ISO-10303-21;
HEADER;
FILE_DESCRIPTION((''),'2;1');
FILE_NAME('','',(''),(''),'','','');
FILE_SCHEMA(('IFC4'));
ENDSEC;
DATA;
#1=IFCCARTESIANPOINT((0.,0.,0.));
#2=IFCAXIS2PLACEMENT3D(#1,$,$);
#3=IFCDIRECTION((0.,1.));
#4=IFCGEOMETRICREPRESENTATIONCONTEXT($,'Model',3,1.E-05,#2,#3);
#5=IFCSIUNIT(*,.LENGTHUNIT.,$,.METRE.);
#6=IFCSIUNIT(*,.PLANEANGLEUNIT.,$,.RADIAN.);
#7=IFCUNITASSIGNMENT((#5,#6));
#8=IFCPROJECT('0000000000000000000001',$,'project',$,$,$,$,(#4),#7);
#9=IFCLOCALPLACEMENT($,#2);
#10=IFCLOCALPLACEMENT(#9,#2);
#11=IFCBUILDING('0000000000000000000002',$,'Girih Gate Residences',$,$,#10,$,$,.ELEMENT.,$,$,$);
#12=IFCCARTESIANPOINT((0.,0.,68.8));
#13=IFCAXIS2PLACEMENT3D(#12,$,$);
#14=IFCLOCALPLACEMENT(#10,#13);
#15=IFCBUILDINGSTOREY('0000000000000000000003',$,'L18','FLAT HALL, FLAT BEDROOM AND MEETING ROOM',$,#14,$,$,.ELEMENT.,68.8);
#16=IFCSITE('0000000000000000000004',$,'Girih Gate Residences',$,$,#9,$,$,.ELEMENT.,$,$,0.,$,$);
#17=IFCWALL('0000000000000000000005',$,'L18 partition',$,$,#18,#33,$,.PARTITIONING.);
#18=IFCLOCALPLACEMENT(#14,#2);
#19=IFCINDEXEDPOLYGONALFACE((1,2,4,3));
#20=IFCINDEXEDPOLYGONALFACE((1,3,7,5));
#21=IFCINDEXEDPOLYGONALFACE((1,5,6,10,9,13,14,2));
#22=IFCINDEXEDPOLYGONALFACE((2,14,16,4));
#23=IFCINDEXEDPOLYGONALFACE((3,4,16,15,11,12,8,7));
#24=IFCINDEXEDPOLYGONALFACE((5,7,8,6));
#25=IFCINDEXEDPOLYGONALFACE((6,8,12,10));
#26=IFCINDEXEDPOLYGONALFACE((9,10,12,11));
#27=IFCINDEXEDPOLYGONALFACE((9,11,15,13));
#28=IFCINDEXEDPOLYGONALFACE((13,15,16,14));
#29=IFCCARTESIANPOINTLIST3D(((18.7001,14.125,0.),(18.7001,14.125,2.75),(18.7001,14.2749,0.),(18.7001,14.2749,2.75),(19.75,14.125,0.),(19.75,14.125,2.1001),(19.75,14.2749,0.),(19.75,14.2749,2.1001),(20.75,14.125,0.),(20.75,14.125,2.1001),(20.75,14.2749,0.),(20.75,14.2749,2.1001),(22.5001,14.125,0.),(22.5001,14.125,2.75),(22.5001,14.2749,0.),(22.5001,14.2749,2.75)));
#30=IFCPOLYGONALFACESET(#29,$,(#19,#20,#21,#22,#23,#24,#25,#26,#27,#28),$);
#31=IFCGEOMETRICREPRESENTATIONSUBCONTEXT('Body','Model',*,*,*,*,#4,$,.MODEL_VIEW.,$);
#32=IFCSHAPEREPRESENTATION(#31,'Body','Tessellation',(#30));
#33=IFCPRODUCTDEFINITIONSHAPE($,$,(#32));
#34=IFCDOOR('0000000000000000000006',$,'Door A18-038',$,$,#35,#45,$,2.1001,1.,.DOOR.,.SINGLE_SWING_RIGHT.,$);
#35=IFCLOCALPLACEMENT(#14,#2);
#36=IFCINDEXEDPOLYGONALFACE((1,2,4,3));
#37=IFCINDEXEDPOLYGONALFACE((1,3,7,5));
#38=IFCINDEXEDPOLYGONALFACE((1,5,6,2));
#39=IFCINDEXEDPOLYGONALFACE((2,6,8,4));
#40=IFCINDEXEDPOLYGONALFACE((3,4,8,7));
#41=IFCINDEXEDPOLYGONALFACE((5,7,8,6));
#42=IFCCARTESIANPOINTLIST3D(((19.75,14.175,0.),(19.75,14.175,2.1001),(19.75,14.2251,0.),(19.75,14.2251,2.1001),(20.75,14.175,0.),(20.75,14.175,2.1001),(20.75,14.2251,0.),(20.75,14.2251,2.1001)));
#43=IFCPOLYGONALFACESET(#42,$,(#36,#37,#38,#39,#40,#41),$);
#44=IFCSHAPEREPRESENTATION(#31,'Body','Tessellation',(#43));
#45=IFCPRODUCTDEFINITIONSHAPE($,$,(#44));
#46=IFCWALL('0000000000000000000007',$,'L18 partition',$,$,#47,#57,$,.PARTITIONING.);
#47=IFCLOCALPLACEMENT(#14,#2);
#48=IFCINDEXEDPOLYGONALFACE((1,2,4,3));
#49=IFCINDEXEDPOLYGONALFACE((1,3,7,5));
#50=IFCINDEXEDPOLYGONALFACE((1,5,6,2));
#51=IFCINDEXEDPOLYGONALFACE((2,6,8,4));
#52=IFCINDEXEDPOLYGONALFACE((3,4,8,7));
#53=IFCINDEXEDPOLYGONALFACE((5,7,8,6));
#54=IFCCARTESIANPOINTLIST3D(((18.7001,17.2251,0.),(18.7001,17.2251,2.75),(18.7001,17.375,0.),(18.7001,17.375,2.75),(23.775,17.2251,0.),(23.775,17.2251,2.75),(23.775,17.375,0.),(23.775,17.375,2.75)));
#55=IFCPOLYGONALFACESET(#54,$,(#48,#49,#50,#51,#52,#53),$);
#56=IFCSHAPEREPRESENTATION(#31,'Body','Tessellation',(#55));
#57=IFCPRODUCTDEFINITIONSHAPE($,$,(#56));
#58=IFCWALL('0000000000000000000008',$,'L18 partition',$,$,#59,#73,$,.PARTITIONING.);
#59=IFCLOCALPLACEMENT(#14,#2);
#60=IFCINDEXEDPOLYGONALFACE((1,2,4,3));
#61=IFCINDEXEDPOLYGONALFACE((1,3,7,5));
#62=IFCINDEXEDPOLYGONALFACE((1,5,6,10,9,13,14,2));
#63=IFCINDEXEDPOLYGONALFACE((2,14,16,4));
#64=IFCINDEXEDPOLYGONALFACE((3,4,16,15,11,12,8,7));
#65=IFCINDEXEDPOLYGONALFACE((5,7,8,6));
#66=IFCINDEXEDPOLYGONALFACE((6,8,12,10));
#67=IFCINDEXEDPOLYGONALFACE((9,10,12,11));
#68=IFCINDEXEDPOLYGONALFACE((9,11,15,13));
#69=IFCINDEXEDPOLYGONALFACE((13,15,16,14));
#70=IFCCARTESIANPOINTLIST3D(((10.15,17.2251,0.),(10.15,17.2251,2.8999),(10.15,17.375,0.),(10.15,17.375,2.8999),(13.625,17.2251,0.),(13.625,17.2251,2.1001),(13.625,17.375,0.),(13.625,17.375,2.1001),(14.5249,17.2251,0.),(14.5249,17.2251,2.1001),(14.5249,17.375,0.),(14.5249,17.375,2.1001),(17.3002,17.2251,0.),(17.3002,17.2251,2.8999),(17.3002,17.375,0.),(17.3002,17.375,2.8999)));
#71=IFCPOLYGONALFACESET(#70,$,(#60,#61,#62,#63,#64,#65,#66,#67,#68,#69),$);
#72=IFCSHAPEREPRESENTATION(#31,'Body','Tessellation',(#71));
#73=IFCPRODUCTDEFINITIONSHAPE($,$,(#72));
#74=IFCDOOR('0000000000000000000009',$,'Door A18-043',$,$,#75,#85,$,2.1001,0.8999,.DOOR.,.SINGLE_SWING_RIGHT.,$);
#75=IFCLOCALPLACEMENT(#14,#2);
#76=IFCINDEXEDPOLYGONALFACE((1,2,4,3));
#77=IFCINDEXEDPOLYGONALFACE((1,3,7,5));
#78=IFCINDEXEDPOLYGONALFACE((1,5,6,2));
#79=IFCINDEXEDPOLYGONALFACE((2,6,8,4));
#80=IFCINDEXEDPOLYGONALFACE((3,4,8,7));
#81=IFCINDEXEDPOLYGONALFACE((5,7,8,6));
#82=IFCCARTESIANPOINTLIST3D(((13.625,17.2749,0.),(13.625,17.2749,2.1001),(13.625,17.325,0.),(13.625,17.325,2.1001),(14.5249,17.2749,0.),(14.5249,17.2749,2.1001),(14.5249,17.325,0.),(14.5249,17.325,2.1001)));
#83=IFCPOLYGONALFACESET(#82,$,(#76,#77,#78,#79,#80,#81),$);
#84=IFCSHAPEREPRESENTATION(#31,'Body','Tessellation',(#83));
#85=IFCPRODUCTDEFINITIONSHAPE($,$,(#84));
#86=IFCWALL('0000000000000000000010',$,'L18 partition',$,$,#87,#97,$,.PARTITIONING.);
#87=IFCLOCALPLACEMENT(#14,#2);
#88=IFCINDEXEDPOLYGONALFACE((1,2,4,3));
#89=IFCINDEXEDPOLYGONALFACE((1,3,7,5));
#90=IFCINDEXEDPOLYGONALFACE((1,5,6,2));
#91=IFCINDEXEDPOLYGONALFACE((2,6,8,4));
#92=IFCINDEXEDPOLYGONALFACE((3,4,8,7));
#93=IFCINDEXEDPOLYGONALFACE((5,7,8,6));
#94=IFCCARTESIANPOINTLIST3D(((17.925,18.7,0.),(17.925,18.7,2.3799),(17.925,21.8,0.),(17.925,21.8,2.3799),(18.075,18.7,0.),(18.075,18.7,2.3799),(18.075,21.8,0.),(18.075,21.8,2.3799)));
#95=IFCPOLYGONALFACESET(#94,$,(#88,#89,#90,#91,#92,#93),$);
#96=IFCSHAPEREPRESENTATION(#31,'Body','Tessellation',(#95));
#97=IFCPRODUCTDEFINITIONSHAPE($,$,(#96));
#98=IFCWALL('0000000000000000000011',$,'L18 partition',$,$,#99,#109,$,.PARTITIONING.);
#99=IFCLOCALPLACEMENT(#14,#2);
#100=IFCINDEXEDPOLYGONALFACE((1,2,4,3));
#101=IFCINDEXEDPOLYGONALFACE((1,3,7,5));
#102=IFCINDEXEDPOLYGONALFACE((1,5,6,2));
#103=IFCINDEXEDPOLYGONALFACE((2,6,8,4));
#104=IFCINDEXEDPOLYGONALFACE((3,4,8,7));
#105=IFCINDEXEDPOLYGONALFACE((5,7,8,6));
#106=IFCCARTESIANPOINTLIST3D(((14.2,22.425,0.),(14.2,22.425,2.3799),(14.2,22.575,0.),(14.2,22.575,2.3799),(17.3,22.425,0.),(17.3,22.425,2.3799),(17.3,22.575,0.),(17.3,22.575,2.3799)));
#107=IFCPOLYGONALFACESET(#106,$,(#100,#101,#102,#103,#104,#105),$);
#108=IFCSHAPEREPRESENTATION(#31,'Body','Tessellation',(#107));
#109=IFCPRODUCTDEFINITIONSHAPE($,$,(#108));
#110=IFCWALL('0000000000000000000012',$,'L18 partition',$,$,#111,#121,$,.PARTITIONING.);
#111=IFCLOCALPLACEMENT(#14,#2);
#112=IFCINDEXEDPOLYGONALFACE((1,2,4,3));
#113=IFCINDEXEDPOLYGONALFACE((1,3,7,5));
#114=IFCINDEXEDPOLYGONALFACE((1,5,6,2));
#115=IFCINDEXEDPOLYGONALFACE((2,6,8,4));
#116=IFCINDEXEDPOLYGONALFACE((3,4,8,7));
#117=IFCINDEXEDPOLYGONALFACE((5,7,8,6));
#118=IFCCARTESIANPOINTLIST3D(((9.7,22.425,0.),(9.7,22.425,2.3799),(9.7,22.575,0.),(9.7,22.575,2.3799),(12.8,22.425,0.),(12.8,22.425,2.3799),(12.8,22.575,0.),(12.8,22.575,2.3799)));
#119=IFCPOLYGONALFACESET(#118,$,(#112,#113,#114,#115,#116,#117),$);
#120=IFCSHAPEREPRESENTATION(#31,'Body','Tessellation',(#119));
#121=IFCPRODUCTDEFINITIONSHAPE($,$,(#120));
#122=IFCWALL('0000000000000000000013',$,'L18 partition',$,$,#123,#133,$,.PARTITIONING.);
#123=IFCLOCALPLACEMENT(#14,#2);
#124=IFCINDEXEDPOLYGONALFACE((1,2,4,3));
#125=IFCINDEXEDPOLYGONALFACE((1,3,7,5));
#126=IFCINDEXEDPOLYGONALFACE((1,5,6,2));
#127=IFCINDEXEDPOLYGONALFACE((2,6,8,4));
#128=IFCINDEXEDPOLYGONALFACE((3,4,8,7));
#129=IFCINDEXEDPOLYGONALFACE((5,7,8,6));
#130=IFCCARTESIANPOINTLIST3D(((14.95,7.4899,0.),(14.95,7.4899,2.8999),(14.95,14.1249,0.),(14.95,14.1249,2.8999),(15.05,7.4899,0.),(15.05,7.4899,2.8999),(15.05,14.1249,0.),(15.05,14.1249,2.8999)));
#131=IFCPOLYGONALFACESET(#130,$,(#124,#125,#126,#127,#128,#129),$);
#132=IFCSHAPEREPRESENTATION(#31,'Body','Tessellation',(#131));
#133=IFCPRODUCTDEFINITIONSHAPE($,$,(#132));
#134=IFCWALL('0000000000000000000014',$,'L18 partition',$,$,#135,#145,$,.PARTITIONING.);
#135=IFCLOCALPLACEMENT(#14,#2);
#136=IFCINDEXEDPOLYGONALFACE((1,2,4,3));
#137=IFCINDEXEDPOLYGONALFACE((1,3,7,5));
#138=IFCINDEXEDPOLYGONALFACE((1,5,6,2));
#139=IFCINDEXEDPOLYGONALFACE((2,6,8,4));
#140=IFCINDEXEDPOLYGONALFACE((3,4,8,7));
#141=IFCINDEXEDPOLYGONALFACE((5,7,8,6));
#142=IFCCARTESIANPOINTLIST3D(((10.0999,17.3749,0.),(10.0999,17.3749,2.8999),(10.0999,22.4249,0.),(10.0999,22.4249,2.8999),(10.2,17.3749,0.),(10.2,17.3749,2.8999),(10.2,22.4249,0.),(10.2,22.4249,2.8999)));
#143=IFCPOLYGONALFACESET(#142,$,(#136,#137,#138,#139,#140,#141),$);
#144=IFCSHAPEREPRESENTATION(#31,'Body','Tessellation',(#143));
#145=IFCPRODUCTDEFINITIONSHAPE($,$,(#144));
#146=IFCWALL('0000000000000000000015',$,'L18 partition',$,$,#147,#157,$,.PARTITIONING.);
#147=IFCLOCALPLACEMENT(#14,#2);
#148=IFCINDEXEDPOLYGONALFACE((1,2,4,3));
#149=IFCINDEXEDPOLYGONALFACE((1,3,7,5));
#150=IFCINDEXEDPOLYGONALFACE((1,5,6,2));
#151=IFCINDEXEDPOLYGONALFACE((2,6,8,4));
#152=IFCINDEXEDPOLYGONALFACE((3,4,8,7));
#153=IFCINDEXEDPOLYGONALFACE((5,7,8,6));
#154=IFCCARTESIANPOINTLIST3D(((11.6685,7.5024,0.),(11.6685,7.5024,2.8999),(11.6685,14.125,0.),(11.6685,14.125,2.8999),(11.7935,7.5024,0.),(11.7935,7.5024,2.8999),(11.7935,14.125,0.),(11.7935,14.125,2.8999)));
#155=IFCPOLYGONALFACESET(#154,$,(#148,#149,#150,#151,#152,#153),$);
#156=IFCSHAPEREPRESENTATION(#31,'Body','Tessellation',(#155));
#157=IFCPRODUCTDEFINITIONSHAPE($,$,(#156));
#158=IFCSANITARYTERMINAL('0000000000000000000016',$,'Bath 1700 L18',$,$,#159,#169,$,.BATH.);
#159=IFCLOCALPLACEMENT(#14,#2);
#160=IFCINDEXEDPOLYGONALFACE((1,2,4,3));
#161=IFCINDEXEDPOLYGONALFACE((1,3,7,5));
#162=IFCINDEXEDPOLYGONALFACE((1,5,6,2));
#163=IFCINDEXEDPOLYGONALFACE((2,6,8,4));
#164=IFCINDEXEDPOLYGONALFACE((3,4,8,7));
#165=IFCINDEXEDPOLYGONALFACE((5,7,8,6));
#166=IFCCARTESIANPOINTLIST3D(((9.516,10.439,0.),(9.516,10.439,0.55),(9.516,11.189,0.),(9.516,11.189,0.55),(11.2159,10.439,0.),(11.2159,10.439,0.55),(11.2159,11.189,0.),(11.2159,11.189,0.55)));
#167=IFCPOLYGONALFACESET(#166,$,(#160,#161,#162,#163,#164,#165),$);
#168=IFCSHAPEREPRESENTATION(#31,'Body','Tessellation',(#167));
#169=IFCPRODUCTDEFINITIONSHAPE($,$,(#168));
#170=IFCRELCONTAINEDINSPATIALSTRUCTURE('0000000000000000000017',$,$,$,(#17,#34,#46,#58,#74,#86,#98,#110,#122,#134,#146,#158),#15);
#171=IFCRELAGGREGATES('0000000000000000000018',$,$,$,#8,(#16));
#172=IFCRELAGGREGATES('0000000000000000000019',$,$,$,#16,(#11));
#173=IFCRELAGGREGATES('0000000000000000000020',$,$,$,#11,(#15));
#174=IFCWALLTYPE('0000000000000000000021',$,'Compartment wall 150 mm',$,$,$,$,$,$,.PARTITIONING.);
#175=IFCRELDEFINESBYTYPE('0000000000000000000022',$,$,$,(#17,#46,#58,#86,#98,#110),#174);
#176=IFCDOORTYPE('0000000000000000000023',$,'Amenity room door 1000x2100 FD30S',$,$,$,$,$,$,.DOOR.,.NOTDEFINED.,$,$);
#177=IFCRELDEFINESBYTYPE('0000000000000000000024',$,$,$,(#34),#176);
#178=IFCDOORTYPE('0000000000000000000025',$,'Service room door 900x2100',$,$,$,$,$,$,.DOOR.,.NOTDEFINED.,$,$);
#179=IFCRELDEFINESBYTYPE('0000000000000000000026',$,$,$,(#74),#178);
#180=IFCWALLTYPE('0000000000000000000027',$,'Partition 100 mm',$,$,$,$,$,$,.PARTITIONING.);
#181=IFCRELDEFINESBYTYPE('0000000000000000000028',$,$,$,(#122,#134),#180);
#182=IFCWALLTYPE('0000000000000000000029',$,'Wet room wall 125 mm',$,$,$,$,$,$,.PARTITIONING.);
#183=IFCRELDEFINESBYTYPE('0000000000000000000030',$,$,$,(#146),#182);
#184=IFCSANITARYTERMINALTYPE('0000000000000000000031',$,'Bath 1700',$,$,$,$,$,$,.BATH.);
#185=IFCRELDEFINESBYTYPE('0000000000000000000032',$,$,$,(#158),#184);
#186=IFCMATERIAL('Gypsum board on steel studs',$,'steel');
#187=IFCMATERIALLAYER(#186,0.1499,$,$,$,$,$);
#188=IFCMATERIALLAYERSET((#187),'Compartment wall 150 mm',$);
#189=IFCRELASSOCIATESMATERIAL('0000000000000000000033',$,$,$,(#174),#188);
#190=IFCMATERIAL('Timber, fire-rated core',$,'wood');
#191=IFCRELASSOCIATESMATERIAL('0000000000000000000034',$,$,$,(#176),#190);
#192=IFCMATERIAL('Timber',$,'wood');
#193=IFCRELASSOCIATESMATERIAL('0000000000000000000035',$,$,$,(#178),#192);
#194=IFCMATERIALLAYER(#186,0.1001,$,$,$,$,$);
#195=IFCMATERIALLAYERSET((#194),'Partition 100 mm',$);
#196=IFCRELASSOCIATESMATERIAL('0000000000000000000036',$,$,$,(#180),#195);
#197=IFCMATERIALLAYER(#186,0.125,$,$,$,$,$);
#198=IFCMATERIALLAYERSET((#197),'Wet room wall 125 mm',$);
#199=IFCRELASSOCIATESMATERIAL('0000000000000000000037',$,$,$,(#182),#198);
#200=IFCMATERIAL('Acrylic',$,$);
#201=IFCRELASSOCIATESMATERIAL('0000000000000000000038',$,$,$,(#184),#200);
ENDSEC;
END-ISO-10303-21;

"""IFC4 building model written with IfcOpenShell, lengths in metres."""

from ifc_helpers import new_model, si_unit, direction, frame, frame_2d, origin, origin_2d, place, context, subcontext, project, spatial, rectangle, extrude, material, layer, layer_set, type_object, element, fill, save


model = new_model("IFC4")

# Units and contexts
model_context = context("Model", 3, precision=1e-05, world=origin(), true_north=direction((0.0, 1.0)))
body_context = subcontext(model_context, "Body", "Model", "MODEL_VIEW")
ifc_project = project(units=[si_unit("LENGTHUNIT", "METRE"), si_unit("PLANEANGLEUNIT", "RADIAN")], contexts=[model_context])

# Site, building, storey
site_placement = place(None, origin())
site = spatial("IfcSite", under=ifc_project, at=site_placement, Name="Girih Gate Residences", CompositionType="ELEMENT", RefElevation=0.0)
building_placement = place(site_placement, origin())
building = spatial("IfcBuilding", under=site, at=building_placement, Name="Girih Gate Residences", CompositionType="ELEMENT")
storey_placement = place(building_placement, frame((0.0, 0.0, 68.8)))
storey = spatial("IfcBuildingStorey", under=building, at=storey_placement, Name="L18", Description="FLAT HALL, FLAT BEDROOM AND MEETING ROOM", CompositionType="ELEMENT", Elevation=68.8)

# Shared definitions
ifc_material_1 = material(Name="Gypsum board on steel studs", Category="steel")

# Wall, opening, door
ifc_layer_1 = layer(ifc_material_1, 0.1499)
ifc_layer_set_1 = layer_set([ifc_layer_1], Name="Compartment wall 150 mm")
wall_type_1 = type_object("IfcWallType", Name="Compartment wall 150 mm", PredefinedType="PARTITIONING", material=ifc_layer_set_1)
ifc_material_2 = material(Name="Timber, fire-rated core", Category="wood")
wall_1_placement = place(storey_placement, frame((22.5, 14.2, 0.0), z_axis=(0.0, 0.0, 1.0), x_axis=(-1.0, 0.0, 0.0)))
wall_1 = element("IfcWall", 1, at=wall_1_placement, inside=storey, type_object=wall_type_1, Name="L18 partition", PredefinedType="PARTITIONING", context=body_context, shape_type="SweptSolid", body=[
    extrude(rectangle(XDim=3.8, YDim=0.1499, at=frame_2d((1.8999, 0.0))), origin(), (0.0, 0.0, 1.0), 2.75),
])
opening_1_placement = place(wall_1_placement, frame((1.75, 0.0, 0.0)))
opening_1 = element("IfcOpeningElement", 2, at=opening_1_placement, cuts=wall_1, PredefinedType="OPENING", context=body_context, shape_type="SweptSolid", body=[
    extrude(rectangle(XDim=1.0, YDim=2.1001, at=frame_2d((0.5, 1.05))), frame((0.0, 0.085, 0.0), z_axis=(0.0, -1.0, 0.0), x_axis=(1.0, 0.0, 0.0)), (0.0, 0.0, 1.0), 0.1699),
])
door_type_1 = type_object("IfcDoorType", Name="Amenity room door 1000x2100 FD30S", OperationType="NOTDEFINED", PredefinedType="DOOR", material=ifc_material_2)
door_1_placement = place(opening_1_placement, origin())
door_1 = element("IfcDoor", 3, at=door_1_placement, inside=storey, type_object=door_type_1, Name="Door A18-038", OperationType="SINGLE_SWING_RIGHT", OverallHeight=2.1001, OverallWidth=1.0, PredefinedType="DOOR", context=body_context, shape_type="SweptSolid", body=[
    extrude(rectangle(XDim=1.0, YDim=2.1001, at=frame_2d((0.5, 1.05))), frame((0.0, 0.0249, 0.0), z_axis=(0.0, -1.0, 0.0), x_axis=(1.0, 0.0, 0.0)), (0.0, 0.0, 1.0), 0.05),
])
fill(opening_1, door_1)

# Wall
wall_2_placement = place(storey_placement, frame((18.7, 17.3, 0.0), z_axis=(0.0, 0.0, 1.0), x_axis=(1.0, 0.0, 0.0)))
element("IfcWall", 4, at=wall_2_placement, inside=storey, type_object=wall_type_1, Name="L18 partition", PredefinedType="PARTITIONING", context=body_context, shape_type="SweptSolid", body=[
    extrude(rectangle(XDim=5.075, YDim=0.1499, at=frame_2d((2.5376, 0.0))), origin(), (0.0, 0.0, 1.0), 2.75),
])

# Wall, opening, door
wall_3_placement = place(storey_placement, frame((10.1499, 17.3, 0.0), z_axis=(0.0, 0.0, 1.0), x_axis=(1.0, 0.0, 0.0)))
wall_3 = element("IfcWall", 5, at=wall_3_placement, inside=storey, type_object=wall_type_1, Name="L18 partition", PredefinedType="PARTITIONING", context=body_context, shape_type="SweptSolid", body=[
    extrude(rectangle(XDim=7.1501, YDim=0.1499, at=frame_2d((3.5752, 0.0))), origin(), (0.0, 0.0, 1.0), 2.8999),
])
opening_2_placement = place(wall_3_placement, frame((3.4751, 0.0, 0.0)))
opening_2 = element("IfcOpeningElement", 6, at=opening_2_placement, cuts=wall_3, PredefinedType="OPENING", context=body_context, shape_type="SweptSolid", body=[
    extrude(rectangle(XDim=0.8999, YDim=2.1001, at=frame_2d((0.45, 1.05))), frame((0.0, 0.085, 0.0), z_axis=(0.0, -1.0, 0.0), x_axis=(1.0, 0.0, 0.0)), (0.0, 0.0, 1.0), 0.1699),
])
ifc_material_3 = material(Name="Timber", Category="wood")
door_type_2 = type_object("IfcDoorType", Name="Service room door 900x2100", OperationType="NOTDEFINED", PredefinedType="DOOR", material=ifc_material_3)
door_2_placement = place(opening_2_placement, origin())
door_2 = element("IfcDoor", 7, at=door_2_placement, inside=storey, type_object=door_type_2, Name="Door A18-043", OperationType="SINGLE_SWING_RIGHT", OverallHeight=2.1001, OverallWidth=0.8999, PredefinedType="DOOR", context=body_context, shape_type="SweptSolid", body=[
    extrude(rectangle(XDim=0.8999, YDim=2.1001, at=frame_2d((0.45, 1.05))), frame((0.0, 0.0249, 0.0), z_axis=(0.0, -1.0, 0.0), x_axis=(1.0, 0.0, 0.0)), (0.0, 0.0, 1.0), 0.05),
])
fill(opening_2, door_2)

# Walls
for number, where, z_axis, x_axis, name in (
    (8, (18.0, 18.7, 0.0), (0.0, 0.0, 1.0), (0.0, 1.0, 0.0), "L18 partition"),
    (9, (14.2, 22.5, 0.0), (0.0, 0.0, 1.0), (1.0, 0.0, 0.0), "L18 partition"),
    (10, (9.7, 22.5, 0.0), (0.0, 0.0, 1.0), (1.0, 0.0, 0.0), "L18 partition"),
):
    element("IfcWall", number, at=place(storey_placement, frame(where, z_axis=z_axis, x_axis=x_axis)), inside=storey, type_object=wall_type_1, Name=name, PredefinedType="PARTITIONING", context=body_context, shape_type="SweptSolid", body=[
        extrude(rectangle(XDim=3.1001, YDim=0.1499, at=frame_2d((1.55, 0.0))), origin(), (0.0, 0.0, 1.0), 2.3799),
    ])
ifc_layer_2 = layer(ifc_material_1, 0.1001)
ifc_layer_set_2 = layer_set([ifc_layer_2], Name="Partition 100 mm")
wall_type_2 = type_object("IfcWallType", Name="Partition 100 mm", PredefinedType="PARTITIONING", material=ifc_layer_set_2)
wall_4_placement = place(storey_placement, frame((15.0, 7.49, 0.0), z_axis=(0.0, 0.0, 1.0), x_axis=(0.0, 1.0, 0.0)))
element("IfcWall", 11, at=wall_4_placement, inside=storey, type_object=wall_type_2, Name="L18 partition", PredefinedType="PARTITIONING", context=body_context, shape_type="SweptSolid", body=[
    extrude(rectangle(XDim=6.635, YDim=0.1001, at=frame_2d((3.3174, 0.0))), origin(), (0.0, 0.0, 1.0), 2.8999),
])
wall_5_placement = place(storey_placement, frame((10.1499, 17.375, 0.0), z_axis=(0.0, 0.0, 1.0), x_axis=(0.0, 1.0, 0.0)))
element("IfcWall", 12, at=wall_5_placement, inside=storey, type_object=wall_type_2, Name="L18 partition", PredefinedType="PARTITIONING", context=body_context, shape_type="SweptSolid", body=[
    extrude(rectangle(XDim=5.05, YDim=0.1001, at=frame_2d((2.5249, 0.0))), origin(), (0.0, 0.0, 1.0), 2.8999),
])
ifc_layer_3 = layer(ifc_material_1, 0.125)
ifc_layer_set_3 = layer_set([ifc_layer_3], Name="Wet room wall 125 mm")
wall_type_3 = type_object("IfcWallType", Name="Wet room wall 125 mm", PredefinedType="PARTITIONING", material=ifc_layer_set_3)
wall_6_placement = place(storey_placement, frame((11.731, 7.5024, 0.0), z_axis=(0.0, 0.0, 1.0), x_axis=(0.0, 1.0, 0.0)))
element("IfcWall", 13, at=wall_6_placement, inside=storey, type_object=wall_type_3, Name="L18 partition", PredefinedType="PARTITIONING", context=body_context, shape_type="SweptSolid", body=[
    extrude(rectangle(XDim=6.6226, YDim=0.125, at=frame_2d((3.3113, 0.0))), origin(), (0.0, 0.0, 1.0), 2.8999),
])

# Sanitary terminal
ifc_material_4 = material(Name="Acrylic")
sanitary_terminal_type = type_object("IfcSanitaryTerminalType", Name="Bath 1700", PredefinedType="BATH", material=ifc_material_4)
sanitary_terminal_placement = place(storey_placement, frame((10.366, 10.814, 0.0), z_axis=(0.0, 0.0, 1.0), x_axis=(1.0, 0.0, 0.0)))
element("IfcSanitaryTerminal", 14, at=sanitary_terminal_placement, inside=storey, type_object=sanitary_terminal_type, Name="Bath 1700 L18", PredefinedType="BATH", context=body_context, shape_type="SweptSolid", body=[
    extrude(rectangle(XDim=1.7, YDim=0.75, at=origin_2d()), origin(), (0.0, 0.0, 1.0), 0.55),
])

save(model, "model.ifc")
